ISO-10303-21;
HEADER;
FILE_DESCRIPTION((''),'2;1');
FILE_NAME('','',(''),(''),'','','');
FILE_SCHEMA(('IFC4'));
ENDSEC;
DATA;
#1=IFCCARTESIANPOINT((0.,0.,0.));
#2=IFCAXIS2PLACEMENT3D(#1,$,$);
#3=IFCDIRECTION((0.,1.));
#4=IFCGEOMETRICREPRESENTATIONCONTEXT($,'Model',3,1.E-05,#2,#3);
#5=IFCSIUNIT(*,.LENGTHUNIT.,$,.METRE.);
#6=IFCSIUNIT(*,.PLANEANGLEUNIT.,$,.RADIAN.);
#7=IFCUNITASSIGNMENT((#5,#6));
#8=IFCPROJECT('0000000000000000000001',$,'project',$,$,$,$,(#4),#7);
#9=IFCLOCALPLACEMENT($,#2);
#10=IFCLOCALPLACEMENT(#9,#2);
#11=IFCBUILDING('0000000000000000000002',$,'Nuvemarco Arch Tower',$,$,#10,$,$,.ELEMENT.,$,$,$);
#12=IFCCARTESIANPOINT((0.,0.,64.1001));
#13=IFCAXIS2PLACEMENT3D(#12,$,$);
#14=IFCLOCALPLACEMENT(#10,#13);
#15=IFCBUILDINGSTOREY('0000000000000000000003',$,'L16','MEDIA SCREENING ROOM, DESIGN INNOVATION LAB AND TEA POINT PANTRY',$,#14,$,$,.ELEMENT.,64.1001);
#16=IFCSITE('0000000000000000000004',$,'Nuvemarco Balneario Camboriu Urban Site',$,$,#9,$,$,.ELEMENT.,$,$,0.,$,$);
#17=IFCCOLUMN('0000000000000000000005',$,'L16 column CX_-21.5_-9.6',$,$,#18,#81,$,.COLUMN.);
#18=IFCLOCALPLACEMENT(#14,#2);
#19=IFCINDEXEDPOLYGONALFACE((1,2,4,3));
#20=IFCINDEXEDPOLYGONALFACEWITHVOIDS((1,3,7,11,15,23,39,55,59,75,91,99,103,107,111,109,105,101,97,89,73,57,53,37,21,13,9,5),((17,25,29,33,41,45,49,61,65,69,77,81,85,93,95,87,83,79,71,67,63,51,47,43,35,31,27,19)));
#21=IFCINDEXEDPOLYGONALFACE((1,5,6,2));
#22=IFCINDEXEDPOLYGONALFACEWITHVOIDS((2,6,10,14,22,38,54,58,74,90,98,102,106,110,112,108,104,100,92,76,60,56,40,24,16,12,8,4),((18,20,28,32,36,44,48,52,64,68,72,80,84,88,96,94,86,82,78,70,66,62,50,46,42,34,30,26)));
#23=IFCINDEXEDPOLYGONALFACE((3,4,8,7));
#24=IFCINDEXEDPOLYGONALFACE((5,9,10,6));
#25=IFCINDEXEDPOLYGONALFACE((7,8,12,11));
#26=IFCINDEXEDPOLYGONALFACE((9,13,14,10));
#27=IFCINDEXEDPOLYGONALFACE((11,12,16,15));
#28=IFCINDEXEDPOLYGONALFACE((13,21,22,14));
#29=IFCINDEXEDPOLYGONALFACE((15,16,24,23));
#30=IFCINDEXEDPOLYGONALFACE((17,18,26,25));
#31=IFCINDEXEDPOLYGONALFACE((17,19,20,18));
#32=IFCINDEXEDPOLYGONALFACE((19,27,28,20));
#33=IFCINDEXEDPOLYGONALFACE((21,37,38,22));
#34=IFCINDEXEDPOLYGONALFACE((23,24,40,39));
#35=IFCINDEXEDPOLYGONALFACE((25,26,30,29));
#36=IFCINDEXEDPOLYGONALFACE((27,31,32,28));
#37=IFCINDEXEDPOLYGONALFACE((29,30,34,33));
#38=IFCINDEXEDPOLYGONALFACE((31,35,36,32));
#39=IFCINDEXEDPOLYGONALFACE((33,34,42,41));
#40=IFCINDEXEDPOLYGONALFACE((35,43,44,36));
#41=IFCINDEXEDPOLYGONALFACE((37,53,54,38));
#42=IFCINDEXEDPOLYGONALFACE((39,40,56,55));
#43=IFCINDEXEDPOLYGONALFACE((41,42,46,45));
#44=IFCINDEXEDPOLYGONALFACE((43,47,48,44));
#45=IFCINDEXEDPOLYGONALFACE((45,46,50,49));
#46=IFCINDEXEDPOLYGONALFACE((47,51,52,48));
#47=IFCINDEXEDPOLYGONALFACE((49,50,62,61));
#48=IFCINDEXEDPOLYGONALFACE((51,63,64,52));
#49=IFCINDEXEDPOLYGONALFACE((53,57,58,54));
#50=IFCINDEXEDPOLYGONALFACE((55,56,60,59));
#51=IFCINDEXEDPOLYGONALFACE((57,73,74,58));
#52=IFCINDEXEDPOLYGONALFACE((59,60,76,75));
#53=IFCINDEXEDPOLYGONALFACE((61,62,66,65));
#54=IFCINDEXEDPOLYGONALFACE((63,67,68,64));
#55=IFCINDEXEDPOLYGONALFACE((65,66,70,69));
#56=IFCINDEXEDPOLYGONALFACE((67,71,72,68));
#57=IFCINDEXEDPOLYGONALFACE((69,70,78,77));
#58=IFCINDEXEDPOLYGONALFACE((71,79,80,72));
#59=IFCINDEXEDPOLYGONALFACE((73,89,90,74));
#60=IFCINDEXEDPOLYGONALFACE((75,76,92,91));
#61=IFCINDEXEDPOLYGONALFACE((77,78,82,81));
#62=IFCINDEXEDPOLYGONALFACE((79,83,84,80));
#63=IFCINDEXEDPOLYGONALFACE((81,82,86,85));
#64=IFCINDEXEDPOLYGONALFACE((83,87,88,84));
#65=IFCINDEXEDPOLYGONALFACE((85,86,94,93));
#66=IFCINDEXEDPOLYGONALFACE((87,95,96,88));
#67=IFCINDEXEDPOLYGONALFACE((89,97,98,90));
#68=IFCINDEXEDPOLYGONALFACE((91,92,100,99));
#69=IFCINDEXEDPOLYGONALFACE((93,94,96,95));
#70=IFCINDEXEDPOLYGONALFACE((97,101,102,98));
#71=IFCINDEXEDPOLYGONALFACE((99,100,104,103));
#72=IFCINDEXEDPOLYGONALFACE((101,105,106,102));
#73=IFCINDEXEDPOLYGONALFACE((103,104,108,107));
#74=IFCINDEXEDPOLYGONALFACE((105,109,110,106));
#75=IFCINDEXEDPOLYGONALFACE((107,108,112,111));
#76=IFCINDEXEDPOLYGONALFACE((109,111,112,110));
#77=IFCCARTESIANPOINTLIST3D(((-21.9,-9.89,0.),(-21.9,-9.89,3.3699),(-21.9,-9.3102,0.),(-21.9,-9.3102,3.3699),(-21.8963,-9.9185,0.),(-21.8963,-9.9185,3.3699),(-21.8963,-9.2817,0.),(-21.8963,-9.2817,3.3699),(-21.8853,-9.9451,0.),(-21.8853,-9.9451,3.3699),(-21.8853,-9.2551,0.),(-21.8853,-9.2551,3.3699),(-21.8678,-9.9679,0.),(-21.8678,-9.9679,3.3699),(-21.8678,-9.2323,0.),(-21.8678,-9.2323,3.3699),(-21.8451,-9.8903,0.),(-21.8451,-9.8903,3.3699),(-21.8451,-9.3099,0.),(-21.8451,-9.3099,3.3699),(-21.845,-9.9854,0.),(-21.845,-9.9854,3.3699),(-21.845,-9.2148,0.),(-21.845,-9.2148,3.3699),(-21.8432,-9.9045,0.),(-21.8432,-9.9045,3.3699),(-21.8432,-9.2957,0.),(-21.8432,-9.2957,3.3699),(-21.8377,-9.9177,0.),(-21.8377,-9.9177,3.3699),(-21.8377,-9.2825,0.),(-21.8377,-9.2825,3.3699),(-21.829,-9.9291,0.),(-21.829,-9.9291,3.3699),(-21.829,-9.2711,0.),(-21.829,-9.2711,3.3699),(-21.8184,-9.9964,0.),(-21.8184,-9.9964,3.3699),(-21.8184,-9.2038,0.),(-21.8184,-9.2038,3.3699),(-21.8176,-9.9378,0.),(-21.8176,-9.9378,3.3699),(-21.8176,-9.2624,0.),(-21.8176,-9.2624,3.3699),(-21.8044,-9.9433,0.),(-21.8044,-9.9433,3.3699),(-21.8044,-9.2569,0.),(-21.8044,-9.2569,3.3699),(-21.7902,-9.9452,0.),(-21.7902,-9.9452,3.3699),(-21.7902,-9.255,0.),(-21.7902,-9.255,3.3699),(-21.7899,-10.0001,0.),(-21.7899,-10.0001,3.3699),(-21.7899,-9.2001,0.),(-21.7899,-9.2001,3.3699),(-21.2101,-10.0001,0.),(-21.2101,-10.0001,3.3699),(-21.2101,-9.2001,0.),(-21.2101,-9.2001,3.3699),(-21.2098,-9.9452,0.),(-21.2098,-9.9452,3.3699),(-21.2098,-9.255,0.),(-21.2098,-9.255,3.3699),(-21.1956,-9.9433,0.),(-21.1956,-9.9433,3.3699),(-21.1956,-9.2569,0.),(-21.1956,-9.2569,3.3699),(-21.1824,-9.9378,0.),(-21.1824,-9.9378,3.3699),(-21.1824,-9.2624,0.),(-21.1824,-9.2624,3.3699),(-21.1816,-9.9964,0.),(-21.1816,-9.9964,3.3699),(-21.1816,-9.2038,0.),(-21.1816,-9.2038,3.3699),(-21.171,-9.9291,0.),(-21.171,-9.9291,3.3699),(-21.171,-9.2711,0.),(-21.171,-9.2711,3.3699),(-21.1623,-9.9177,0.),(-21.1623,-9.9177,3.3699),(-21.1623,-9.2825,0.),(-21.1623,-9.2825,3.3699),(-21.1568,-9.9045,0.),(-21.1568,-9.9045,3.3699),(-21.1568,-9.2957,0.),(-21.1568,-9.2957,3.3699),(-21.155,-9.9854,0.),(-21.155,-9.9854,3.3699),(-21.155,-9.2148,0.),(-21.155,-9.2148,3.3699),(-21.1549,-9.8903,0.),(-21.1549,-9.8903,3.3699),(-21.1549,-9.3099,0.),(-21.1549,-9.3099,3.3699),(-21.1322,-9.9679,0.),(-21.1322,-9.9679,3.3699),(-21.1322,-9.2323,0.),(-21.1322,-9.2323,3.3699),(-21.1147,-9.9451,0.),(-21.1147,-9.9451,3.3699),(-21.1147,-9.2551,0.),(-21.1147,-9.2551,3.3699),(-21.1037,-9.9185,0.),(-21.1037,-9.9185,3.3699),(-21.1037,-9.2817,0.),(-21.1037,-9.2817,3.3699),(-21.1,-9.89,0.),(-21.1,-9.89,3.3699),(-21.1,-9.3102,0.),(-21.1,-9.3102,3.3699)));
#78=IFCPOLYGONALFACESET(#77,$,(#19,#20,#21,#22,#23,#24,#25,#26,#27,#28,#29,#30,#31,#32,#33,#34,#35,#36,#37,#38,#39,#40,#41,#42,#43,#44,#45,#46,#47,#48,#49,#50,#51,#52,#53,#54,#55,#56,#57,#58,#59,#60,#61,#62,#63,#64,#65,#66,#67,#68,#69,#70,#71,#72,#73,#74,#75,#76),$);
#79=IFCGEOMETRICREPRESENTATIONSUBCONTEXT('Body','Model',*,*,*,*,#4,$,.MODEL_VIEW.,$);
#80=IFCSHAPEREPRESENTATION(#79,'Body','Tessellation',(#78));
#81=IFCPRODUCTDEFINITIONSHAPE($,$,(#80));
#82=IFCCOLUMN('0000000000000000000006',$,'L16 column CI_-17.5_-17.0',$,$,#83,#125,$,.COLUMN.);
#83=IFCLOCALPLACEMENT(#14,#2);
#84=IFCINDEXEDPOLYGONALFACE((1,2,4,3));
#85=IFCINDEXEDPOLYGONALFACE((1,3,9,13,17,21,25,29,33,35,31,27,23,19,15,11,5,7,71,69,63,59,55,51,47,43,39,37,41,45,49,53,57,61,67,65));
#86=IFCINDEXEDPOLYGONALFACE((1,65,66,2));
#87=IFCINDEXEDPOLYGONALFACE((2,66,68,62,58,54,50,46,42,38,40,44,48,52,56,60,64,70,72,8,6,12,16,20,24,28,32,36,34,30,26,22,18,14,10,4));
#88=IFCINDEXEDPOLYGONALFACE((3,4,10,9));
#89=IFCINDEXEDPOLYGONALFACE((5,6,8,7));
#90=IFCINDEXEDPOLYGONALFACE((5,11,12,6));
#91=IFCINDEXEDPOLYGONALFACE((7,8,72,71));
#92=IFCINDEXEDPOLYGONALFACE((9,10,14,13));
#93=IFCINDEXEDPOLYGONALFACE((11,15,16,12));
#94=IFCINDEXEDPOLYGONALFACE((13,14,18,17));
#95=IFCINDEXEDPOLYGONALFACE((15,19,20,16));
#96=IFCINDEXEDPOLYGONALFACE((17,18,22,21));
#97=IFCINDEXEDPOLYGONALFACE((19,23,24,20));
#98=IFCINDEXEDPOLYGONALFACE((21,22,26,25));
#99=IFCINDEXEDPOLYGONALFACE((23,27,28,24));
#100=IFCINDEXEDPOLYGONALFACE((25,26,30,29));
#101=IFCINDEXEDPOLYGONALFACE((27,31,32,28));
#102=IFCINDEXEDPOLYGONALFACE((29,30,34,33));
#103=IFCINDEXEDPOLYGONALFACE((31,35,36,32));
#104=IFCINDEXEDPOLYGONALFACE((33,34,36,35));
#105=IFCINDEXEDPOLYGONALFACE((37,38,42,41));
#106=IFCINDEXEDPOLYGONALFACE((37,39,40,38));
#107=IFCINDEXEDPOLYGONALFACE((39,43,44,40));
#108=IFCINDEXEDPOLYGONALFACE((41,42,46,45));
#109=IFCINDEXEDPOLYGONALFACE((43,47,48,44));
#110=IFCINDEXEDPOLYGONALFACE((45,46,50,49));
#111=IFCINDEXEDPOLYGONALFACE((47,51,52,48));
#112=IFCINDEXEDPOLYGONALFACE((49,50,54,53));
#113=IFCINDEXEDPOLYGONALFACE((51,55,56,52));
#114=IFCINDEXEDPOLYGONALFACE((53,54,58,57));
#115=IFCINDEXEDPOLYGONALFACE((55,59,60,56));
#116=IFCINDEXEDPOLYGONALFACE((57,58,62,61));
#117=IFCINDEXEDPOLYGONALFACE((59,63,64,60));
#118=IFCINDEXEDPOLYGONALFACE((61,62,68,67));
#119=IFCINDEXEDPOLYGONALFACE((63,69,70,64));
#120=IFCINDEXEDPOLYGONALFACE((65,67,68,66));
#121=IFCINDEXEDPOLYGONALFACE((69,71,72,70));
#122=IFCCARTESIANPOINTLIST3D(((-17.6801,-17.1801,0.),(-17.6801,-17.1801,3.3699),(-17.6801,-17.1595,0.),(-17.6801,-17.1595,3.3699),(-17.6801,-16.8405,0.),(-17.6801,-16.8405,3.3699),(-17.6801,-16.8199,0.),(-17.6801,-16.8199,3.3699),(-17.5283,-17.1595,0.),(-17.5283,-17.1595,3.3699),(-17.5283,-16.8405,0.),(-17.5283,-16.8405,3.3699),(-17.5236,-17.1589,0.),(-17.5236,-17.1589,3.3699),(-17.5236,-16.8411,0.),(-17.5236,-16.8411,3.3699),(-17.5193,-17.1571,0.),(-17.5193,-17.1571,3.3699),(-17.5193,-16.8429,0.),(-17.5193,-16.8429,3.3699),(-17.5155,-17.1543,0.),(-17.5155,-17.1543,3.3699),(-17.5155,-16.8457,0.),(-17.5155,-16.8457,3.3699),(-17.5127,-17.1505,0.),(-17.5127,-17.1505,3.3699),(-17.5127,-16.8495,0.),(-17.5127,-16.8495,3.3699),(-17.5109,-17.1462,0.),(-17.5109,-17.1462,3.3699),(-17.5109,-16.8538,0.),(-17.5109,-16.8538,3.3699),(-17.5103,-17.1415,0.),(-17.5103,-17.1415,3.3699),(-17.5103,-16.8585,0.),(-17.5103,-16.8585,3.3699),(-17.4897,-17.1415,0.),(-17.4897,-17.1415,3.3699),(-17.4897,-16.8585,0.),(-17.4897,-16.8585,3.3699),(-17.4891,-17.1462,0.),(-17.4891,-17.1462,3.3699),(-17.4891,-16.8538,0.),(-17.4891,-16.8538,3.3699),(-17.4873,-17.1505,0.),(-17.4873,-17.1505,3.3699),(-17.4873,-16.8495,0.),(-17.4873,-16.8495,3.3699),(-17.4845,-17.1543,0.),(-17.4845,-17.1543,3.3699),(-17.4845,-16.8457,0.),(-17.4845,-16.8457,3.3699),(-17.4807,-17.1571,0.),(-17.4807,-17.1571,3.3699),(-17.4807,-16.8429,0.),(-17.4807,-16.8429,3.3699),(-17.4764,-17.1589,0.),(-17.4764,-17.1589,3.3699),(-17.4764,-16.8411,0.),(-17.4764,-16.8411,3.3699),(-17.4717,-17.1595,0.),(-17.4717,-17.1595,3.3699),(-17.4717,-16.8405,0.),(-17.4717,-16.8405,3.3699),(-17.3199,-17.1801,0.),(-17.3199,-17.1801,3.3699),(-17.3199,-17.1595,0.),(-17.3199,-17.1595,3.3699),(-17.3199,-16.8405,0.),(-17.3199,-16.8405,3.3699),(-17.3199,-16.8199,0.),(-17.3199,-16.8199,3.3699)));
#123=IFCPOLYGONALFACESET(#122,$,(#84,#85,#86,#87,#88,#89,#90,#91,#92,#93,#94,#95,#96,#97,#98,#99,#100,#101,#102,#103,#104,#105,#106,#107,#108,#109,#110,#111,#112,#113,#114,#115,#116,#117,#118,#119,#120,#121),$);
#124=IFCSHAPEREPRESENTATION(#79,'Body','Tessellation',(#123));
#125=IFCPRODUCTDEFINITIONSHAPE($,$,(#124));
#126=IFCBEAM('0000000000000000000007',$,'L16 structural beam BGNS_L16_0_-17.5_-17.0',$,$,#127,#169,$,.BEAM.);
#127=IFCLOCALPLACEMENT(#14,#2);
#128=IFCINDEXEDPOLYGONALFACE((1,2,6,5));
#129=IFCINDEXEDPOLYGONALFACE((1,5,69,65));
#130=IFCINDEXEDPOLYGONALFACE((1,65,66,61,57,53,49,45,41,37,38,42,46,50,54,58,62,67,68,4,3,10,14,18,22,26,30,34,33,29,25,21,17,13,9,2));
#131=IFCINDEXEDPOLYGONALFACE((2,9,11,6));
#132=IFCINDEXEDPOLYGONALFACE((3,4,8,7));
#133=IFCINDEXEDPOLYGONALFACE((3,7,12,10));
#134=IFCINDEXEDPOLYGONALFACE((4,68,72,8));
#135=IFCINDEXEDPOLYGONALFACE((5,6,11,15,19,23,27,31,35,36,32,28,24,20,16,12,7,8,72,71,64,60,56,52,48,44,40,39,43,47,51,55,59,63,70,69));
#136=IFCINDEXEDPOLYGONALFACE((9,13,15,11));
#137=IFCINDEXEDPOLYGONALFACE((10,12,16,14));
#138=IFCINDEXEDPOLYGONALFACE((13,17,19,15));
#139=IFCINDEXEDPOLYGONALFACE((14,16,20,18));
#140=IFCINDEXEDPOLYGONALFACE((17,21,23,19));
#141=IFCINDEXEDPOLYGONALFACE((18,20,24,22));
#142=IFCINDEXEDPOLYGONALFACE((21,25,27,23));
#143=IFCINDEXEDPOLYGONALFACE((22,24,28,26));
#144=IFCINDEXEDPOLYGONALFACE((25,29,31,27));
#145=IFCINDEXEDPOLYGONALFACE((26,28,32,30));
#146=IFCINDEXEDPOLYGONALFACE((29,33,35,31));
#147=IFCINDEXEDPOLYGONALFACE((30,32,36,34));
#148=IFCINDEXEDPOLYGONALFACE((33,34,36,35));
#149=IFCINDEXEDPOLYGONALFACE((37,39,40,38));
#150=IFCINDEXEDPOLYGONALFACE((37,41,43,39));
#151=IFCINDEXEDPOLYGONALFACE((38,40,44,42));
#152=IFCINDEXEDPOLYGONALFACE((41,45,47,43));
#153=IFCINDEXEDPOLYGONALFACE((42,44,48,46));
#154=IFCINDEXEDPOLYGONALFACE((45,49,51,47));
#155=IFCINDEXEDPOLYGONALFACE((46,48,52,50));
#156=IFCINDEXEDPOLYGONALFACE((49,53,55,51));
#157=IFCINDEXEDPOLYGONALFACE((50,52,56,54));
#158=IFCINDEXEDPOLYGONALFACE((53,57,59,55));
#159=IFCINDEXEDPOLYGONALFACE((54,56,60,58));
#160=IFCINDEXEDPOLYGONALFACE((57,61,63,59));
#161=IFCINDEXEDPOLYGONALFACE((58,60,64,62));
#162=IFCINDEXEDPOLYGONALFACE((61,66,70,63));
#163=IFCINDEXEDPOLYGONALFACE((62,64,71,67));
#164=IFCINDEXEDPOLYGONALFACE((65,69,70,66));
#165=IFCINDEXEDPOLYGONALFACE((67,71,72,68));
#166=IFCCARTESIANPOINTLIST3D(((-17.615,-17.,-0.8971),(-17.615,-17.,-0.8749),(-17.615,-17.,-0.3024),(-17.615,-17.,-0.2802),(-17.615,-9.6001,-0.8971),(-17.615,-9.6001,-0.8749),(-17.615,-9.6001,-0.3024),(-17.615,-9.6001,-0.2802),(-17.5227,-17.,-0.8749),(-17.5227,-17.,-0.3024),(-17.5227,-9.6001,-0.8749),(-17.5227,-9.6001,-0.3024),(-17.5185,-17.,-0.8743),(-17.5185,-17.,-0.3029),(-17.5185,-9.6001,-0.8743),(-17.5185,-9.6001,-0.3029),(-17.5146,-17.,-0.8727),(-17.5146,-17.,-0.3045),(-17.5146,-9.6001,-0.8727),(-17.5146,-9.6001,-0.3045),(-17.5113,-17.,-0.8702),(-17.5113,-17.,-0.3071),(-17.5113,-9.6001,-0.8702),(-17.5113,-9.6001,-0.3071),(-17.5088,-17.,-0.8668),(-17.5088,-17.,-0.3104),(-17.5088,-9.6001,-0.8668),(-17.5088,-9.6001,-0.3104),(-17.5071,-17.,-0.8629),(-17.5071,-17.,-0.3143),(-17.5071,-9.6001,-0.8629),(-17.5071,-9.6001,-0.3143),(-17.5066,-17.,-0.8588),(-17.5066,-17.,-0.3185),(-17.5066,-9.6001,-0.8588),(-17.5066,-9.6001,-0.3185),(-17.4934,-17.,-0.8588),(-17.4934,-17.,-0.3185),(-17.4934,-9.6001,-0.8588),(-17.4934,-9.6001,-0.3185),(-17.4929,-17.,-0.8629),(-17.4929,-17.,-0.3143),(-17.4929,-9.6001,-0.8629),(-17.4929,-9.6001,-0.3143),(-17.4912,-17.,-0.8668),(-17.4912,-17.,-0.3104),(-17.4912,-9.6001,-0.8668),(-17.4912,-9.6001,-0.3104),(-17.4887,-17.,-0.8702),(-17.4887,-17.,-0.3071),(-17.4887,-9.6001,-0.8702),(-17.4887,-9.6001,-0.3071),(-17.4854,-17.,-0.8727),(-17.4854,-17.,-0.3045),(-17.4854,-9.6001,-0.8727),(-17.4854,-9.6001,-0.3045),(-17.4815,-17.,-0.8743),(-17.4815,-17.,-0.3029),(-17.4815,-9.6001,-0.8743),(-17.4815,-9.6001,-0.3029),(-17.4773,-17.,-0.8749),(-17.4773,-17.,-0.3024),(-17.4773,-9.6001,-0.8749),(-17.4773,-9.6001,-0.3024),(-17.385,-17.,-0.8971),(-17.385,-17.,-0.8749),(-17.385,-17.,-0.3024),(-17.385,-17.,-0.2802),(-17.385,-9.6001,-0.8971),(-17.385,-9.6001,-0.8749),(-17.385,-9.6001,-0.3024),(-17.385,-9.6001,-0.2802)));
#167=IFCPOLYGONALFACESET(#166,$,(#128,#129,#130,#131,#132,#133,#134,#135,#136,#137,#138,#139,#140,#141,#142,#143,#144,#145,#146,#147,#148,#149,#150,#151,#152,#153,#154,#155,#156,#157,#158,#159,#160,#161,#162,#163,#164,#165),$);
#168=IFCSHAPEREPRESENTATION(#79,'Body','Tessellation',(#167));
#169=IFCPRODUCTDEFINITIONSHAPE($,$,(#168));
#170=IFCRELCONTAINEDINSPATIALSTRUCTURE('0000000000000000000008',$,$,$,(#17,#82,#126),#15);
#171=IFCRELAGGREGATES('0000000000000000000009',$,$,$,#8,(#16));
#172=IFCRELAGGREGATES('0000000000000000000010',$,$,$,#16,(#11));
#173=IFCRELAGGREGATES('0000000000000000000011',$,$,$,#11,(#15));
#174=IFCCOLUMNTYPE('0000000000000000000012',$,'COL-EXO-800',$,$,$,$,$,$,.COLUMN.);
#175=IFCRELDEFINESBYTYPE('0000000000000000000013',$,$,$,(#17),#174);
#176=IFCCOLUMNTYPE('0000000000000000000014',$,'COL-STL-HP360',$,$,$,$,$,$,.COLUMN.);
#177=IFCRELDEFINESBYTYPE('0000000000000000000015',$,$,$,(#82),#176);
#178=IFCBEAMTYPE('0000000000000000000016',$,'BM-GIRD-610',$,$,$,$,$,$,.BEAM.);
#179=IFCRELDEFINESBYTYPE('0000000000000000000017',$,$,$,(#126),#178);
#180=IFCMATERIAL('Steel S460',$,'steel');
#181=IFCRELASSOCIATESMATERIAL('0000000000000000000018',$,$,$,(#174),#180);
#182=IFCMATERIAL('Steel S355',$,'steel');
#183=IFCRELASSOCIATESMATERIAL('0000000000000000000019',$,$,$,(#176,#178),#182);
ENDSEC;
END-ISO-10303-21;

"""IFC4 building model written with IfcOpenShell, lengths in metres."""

from ifc_helpers import new_model, si_unit, direction, frame, origin, origin_2d, place, context, subcontext, project, spatial, hollow_rectangle, i_section, extrude, material, material_profile, profile_set, type_object, element, save


model = new_model("IFC4")

# Units and contexts
model_context = context("Model", 3, precision=1e-05, world=origin(), true_north=direction((0.0, 1.0)))
body_context = subcontext(model_context, "Body", "Model", "MODEL_VIEW")
ifc_project = project(units=[si_unit("LENGTHUNIT", "METRE"), si_unit("PLANEANGLEUNIT", "RADIAN")], contexts=[model_context])

# Site, building, storey
site_placement = place(None, origin())
site = spatial("IfcSite", under=ifc_project, at=site_placement, Name="Nuvemarco Balneario Camboriu Urban Site", CompositionType="ELEMENT", RefElevation=0.0)
building_placement = place(site_placement, origin())
building = spatial("IfcBuilding", under=site, at=building_placement, Name="Nuvemarco Arch Tower", CompositionType="ELEMENT")
storey_placement = place(building_placement, frame((0.0, 0.0, 64.1001)))
storey = spatial("IfcBuildingStorey", under=building, at=storey_placement, Name="L16", Description="MEDIA SCREENING ROOM, DESIGN INNOVATION LAB AND TEA POINT PANTRY", CompositionType="ELEMENT", Elevation=64.1001)

# Columns
ifc_material_1 = material(Name="Steel S460", Category="steel")
ifc_material_profile_1 = material_profile(ifc_material_1, hollow_rectangle(XDim=0.8, YDim=0.8, WallThickness=0.0549, InnerFilletRadius=0.0549, OuterFilletRadius=0.1101, at=origin_2d()), Name="SHS800x800x55")
ifc_profile_set_1 = profile_set([ifc_material_profile_1], Name="Steel S460")
column_type_1 = type_object("IfcColumnType", Name="COL-EXO-800", PredefinedType="COLUMN", material=ifc_profile_set_1)
column_1_placement = place(storey_placement, frame((-21.5, -9.6001, 0.0), z_axis=(0.0, 0.0, 1.0), x_axis=(1.0, 0.0, 0.0)))
element("IfcColumn", 1, at=column_1_placement, inside=storey, type_object=column_type_1, Name="L16 column CX_-21.5_-9.6", PredefinedType="COLUMN", context=body_context, shape_type="SweptSolid", body=[
    extrude(hollow_rectangle(XDim=0.8, YDim=0.8, WallThickness=0.0549, InnerFilletRadius=0.0549, OuterFilletRadius=0.1101, at=origin_2d()), origin(), (0.0, 0.0, 1.0), 3.3699),
])
ifc_material_2 = material(Name="Steel S355", Category="steel")
ifc_material_profile_2 = material_profile(ifc_material_2, i_section(OverallWidth=0.3601, OverallDepth=0.3601, WebThickness=0.0205, FlangeThickness=0.0205, FilletRadius=0.0181, at=origin_2d()), Name="HP360x174")
ifc_profile_set_2 = profile_set([ifc_material_profile_2], Name="Steel S355")
column_type_2 = type_object("IfcColumnType", Name="COL-STL-HP360", PredefinedType="COLUMN", material=ifc_profile_set_2)
column_2_placement = place(storey_placement, frame((-17.5, -17.0, 0.0), z_axis=(0.0, 0.0, 1.0), x_axis=(1.0, 0.0, 0.0)))
element("IfcColumn", 2, at=column_2_placement, inside=storey, type_object=column_type_2, Name="L16 column CI_-17.5_-17.0", PredefinedType="COLUMN", context=body_context, shape_type="SweptSolid", body=[
    extrude(i_section(OverallWidth=0.3601, OverallDepth=0.3601, WebThickness=0.0205, FlangeThickness=0.0205, FilletRadius=0.0181, at=origin_2d()), origin(), (0.0, 0.0, 1.0), 3.3699),
])

# Beam
ifc_material_profile_3 = material_profile(ifc_material_2, i_section(OverallWidth=0.23, OverallDepth=0.6169, WebThickness=0.0132, FlangeThickness=0.0222, FilletRadius=0.0161, at=origin_2d()), Name="W610x140")
ifc_profile_set_3 = profile_set([ifc_material_profile_3], Name="Steel S355")
beam_type_1 = type_object("IfcBeamType", Name="BM-GIRD-610", PredefinedType="BEAM", material=ifc_profile_set_3)
beam_1_placement = place(storey_placement, frame((-17.5, -17.0, -0.5886), z_axis=(0.0, 1.0, 0.0), x_axis=(-1.0, 0.0, 0.0)))
element("IfcBeam", 3, at=beam_1_placement, inside=storey, type_object=beam_type_1, Name="L16 structural beam BGNS_L16_0_-17.5_-17.0", PredefinedType="BEAM", context=body_context, shape_type="SweptSolid", body=[
    extrude(i_section(OverallWidth=0.23, OverallDepth=0.6169, WebThickness=0.0132, FlangeThickness=0.0222, FilletRadius=0.0161, at=origin_2d()), origin(), (0.0, 0.0, 1.0), 7.3999),
])

save(model, "model.ifc")
